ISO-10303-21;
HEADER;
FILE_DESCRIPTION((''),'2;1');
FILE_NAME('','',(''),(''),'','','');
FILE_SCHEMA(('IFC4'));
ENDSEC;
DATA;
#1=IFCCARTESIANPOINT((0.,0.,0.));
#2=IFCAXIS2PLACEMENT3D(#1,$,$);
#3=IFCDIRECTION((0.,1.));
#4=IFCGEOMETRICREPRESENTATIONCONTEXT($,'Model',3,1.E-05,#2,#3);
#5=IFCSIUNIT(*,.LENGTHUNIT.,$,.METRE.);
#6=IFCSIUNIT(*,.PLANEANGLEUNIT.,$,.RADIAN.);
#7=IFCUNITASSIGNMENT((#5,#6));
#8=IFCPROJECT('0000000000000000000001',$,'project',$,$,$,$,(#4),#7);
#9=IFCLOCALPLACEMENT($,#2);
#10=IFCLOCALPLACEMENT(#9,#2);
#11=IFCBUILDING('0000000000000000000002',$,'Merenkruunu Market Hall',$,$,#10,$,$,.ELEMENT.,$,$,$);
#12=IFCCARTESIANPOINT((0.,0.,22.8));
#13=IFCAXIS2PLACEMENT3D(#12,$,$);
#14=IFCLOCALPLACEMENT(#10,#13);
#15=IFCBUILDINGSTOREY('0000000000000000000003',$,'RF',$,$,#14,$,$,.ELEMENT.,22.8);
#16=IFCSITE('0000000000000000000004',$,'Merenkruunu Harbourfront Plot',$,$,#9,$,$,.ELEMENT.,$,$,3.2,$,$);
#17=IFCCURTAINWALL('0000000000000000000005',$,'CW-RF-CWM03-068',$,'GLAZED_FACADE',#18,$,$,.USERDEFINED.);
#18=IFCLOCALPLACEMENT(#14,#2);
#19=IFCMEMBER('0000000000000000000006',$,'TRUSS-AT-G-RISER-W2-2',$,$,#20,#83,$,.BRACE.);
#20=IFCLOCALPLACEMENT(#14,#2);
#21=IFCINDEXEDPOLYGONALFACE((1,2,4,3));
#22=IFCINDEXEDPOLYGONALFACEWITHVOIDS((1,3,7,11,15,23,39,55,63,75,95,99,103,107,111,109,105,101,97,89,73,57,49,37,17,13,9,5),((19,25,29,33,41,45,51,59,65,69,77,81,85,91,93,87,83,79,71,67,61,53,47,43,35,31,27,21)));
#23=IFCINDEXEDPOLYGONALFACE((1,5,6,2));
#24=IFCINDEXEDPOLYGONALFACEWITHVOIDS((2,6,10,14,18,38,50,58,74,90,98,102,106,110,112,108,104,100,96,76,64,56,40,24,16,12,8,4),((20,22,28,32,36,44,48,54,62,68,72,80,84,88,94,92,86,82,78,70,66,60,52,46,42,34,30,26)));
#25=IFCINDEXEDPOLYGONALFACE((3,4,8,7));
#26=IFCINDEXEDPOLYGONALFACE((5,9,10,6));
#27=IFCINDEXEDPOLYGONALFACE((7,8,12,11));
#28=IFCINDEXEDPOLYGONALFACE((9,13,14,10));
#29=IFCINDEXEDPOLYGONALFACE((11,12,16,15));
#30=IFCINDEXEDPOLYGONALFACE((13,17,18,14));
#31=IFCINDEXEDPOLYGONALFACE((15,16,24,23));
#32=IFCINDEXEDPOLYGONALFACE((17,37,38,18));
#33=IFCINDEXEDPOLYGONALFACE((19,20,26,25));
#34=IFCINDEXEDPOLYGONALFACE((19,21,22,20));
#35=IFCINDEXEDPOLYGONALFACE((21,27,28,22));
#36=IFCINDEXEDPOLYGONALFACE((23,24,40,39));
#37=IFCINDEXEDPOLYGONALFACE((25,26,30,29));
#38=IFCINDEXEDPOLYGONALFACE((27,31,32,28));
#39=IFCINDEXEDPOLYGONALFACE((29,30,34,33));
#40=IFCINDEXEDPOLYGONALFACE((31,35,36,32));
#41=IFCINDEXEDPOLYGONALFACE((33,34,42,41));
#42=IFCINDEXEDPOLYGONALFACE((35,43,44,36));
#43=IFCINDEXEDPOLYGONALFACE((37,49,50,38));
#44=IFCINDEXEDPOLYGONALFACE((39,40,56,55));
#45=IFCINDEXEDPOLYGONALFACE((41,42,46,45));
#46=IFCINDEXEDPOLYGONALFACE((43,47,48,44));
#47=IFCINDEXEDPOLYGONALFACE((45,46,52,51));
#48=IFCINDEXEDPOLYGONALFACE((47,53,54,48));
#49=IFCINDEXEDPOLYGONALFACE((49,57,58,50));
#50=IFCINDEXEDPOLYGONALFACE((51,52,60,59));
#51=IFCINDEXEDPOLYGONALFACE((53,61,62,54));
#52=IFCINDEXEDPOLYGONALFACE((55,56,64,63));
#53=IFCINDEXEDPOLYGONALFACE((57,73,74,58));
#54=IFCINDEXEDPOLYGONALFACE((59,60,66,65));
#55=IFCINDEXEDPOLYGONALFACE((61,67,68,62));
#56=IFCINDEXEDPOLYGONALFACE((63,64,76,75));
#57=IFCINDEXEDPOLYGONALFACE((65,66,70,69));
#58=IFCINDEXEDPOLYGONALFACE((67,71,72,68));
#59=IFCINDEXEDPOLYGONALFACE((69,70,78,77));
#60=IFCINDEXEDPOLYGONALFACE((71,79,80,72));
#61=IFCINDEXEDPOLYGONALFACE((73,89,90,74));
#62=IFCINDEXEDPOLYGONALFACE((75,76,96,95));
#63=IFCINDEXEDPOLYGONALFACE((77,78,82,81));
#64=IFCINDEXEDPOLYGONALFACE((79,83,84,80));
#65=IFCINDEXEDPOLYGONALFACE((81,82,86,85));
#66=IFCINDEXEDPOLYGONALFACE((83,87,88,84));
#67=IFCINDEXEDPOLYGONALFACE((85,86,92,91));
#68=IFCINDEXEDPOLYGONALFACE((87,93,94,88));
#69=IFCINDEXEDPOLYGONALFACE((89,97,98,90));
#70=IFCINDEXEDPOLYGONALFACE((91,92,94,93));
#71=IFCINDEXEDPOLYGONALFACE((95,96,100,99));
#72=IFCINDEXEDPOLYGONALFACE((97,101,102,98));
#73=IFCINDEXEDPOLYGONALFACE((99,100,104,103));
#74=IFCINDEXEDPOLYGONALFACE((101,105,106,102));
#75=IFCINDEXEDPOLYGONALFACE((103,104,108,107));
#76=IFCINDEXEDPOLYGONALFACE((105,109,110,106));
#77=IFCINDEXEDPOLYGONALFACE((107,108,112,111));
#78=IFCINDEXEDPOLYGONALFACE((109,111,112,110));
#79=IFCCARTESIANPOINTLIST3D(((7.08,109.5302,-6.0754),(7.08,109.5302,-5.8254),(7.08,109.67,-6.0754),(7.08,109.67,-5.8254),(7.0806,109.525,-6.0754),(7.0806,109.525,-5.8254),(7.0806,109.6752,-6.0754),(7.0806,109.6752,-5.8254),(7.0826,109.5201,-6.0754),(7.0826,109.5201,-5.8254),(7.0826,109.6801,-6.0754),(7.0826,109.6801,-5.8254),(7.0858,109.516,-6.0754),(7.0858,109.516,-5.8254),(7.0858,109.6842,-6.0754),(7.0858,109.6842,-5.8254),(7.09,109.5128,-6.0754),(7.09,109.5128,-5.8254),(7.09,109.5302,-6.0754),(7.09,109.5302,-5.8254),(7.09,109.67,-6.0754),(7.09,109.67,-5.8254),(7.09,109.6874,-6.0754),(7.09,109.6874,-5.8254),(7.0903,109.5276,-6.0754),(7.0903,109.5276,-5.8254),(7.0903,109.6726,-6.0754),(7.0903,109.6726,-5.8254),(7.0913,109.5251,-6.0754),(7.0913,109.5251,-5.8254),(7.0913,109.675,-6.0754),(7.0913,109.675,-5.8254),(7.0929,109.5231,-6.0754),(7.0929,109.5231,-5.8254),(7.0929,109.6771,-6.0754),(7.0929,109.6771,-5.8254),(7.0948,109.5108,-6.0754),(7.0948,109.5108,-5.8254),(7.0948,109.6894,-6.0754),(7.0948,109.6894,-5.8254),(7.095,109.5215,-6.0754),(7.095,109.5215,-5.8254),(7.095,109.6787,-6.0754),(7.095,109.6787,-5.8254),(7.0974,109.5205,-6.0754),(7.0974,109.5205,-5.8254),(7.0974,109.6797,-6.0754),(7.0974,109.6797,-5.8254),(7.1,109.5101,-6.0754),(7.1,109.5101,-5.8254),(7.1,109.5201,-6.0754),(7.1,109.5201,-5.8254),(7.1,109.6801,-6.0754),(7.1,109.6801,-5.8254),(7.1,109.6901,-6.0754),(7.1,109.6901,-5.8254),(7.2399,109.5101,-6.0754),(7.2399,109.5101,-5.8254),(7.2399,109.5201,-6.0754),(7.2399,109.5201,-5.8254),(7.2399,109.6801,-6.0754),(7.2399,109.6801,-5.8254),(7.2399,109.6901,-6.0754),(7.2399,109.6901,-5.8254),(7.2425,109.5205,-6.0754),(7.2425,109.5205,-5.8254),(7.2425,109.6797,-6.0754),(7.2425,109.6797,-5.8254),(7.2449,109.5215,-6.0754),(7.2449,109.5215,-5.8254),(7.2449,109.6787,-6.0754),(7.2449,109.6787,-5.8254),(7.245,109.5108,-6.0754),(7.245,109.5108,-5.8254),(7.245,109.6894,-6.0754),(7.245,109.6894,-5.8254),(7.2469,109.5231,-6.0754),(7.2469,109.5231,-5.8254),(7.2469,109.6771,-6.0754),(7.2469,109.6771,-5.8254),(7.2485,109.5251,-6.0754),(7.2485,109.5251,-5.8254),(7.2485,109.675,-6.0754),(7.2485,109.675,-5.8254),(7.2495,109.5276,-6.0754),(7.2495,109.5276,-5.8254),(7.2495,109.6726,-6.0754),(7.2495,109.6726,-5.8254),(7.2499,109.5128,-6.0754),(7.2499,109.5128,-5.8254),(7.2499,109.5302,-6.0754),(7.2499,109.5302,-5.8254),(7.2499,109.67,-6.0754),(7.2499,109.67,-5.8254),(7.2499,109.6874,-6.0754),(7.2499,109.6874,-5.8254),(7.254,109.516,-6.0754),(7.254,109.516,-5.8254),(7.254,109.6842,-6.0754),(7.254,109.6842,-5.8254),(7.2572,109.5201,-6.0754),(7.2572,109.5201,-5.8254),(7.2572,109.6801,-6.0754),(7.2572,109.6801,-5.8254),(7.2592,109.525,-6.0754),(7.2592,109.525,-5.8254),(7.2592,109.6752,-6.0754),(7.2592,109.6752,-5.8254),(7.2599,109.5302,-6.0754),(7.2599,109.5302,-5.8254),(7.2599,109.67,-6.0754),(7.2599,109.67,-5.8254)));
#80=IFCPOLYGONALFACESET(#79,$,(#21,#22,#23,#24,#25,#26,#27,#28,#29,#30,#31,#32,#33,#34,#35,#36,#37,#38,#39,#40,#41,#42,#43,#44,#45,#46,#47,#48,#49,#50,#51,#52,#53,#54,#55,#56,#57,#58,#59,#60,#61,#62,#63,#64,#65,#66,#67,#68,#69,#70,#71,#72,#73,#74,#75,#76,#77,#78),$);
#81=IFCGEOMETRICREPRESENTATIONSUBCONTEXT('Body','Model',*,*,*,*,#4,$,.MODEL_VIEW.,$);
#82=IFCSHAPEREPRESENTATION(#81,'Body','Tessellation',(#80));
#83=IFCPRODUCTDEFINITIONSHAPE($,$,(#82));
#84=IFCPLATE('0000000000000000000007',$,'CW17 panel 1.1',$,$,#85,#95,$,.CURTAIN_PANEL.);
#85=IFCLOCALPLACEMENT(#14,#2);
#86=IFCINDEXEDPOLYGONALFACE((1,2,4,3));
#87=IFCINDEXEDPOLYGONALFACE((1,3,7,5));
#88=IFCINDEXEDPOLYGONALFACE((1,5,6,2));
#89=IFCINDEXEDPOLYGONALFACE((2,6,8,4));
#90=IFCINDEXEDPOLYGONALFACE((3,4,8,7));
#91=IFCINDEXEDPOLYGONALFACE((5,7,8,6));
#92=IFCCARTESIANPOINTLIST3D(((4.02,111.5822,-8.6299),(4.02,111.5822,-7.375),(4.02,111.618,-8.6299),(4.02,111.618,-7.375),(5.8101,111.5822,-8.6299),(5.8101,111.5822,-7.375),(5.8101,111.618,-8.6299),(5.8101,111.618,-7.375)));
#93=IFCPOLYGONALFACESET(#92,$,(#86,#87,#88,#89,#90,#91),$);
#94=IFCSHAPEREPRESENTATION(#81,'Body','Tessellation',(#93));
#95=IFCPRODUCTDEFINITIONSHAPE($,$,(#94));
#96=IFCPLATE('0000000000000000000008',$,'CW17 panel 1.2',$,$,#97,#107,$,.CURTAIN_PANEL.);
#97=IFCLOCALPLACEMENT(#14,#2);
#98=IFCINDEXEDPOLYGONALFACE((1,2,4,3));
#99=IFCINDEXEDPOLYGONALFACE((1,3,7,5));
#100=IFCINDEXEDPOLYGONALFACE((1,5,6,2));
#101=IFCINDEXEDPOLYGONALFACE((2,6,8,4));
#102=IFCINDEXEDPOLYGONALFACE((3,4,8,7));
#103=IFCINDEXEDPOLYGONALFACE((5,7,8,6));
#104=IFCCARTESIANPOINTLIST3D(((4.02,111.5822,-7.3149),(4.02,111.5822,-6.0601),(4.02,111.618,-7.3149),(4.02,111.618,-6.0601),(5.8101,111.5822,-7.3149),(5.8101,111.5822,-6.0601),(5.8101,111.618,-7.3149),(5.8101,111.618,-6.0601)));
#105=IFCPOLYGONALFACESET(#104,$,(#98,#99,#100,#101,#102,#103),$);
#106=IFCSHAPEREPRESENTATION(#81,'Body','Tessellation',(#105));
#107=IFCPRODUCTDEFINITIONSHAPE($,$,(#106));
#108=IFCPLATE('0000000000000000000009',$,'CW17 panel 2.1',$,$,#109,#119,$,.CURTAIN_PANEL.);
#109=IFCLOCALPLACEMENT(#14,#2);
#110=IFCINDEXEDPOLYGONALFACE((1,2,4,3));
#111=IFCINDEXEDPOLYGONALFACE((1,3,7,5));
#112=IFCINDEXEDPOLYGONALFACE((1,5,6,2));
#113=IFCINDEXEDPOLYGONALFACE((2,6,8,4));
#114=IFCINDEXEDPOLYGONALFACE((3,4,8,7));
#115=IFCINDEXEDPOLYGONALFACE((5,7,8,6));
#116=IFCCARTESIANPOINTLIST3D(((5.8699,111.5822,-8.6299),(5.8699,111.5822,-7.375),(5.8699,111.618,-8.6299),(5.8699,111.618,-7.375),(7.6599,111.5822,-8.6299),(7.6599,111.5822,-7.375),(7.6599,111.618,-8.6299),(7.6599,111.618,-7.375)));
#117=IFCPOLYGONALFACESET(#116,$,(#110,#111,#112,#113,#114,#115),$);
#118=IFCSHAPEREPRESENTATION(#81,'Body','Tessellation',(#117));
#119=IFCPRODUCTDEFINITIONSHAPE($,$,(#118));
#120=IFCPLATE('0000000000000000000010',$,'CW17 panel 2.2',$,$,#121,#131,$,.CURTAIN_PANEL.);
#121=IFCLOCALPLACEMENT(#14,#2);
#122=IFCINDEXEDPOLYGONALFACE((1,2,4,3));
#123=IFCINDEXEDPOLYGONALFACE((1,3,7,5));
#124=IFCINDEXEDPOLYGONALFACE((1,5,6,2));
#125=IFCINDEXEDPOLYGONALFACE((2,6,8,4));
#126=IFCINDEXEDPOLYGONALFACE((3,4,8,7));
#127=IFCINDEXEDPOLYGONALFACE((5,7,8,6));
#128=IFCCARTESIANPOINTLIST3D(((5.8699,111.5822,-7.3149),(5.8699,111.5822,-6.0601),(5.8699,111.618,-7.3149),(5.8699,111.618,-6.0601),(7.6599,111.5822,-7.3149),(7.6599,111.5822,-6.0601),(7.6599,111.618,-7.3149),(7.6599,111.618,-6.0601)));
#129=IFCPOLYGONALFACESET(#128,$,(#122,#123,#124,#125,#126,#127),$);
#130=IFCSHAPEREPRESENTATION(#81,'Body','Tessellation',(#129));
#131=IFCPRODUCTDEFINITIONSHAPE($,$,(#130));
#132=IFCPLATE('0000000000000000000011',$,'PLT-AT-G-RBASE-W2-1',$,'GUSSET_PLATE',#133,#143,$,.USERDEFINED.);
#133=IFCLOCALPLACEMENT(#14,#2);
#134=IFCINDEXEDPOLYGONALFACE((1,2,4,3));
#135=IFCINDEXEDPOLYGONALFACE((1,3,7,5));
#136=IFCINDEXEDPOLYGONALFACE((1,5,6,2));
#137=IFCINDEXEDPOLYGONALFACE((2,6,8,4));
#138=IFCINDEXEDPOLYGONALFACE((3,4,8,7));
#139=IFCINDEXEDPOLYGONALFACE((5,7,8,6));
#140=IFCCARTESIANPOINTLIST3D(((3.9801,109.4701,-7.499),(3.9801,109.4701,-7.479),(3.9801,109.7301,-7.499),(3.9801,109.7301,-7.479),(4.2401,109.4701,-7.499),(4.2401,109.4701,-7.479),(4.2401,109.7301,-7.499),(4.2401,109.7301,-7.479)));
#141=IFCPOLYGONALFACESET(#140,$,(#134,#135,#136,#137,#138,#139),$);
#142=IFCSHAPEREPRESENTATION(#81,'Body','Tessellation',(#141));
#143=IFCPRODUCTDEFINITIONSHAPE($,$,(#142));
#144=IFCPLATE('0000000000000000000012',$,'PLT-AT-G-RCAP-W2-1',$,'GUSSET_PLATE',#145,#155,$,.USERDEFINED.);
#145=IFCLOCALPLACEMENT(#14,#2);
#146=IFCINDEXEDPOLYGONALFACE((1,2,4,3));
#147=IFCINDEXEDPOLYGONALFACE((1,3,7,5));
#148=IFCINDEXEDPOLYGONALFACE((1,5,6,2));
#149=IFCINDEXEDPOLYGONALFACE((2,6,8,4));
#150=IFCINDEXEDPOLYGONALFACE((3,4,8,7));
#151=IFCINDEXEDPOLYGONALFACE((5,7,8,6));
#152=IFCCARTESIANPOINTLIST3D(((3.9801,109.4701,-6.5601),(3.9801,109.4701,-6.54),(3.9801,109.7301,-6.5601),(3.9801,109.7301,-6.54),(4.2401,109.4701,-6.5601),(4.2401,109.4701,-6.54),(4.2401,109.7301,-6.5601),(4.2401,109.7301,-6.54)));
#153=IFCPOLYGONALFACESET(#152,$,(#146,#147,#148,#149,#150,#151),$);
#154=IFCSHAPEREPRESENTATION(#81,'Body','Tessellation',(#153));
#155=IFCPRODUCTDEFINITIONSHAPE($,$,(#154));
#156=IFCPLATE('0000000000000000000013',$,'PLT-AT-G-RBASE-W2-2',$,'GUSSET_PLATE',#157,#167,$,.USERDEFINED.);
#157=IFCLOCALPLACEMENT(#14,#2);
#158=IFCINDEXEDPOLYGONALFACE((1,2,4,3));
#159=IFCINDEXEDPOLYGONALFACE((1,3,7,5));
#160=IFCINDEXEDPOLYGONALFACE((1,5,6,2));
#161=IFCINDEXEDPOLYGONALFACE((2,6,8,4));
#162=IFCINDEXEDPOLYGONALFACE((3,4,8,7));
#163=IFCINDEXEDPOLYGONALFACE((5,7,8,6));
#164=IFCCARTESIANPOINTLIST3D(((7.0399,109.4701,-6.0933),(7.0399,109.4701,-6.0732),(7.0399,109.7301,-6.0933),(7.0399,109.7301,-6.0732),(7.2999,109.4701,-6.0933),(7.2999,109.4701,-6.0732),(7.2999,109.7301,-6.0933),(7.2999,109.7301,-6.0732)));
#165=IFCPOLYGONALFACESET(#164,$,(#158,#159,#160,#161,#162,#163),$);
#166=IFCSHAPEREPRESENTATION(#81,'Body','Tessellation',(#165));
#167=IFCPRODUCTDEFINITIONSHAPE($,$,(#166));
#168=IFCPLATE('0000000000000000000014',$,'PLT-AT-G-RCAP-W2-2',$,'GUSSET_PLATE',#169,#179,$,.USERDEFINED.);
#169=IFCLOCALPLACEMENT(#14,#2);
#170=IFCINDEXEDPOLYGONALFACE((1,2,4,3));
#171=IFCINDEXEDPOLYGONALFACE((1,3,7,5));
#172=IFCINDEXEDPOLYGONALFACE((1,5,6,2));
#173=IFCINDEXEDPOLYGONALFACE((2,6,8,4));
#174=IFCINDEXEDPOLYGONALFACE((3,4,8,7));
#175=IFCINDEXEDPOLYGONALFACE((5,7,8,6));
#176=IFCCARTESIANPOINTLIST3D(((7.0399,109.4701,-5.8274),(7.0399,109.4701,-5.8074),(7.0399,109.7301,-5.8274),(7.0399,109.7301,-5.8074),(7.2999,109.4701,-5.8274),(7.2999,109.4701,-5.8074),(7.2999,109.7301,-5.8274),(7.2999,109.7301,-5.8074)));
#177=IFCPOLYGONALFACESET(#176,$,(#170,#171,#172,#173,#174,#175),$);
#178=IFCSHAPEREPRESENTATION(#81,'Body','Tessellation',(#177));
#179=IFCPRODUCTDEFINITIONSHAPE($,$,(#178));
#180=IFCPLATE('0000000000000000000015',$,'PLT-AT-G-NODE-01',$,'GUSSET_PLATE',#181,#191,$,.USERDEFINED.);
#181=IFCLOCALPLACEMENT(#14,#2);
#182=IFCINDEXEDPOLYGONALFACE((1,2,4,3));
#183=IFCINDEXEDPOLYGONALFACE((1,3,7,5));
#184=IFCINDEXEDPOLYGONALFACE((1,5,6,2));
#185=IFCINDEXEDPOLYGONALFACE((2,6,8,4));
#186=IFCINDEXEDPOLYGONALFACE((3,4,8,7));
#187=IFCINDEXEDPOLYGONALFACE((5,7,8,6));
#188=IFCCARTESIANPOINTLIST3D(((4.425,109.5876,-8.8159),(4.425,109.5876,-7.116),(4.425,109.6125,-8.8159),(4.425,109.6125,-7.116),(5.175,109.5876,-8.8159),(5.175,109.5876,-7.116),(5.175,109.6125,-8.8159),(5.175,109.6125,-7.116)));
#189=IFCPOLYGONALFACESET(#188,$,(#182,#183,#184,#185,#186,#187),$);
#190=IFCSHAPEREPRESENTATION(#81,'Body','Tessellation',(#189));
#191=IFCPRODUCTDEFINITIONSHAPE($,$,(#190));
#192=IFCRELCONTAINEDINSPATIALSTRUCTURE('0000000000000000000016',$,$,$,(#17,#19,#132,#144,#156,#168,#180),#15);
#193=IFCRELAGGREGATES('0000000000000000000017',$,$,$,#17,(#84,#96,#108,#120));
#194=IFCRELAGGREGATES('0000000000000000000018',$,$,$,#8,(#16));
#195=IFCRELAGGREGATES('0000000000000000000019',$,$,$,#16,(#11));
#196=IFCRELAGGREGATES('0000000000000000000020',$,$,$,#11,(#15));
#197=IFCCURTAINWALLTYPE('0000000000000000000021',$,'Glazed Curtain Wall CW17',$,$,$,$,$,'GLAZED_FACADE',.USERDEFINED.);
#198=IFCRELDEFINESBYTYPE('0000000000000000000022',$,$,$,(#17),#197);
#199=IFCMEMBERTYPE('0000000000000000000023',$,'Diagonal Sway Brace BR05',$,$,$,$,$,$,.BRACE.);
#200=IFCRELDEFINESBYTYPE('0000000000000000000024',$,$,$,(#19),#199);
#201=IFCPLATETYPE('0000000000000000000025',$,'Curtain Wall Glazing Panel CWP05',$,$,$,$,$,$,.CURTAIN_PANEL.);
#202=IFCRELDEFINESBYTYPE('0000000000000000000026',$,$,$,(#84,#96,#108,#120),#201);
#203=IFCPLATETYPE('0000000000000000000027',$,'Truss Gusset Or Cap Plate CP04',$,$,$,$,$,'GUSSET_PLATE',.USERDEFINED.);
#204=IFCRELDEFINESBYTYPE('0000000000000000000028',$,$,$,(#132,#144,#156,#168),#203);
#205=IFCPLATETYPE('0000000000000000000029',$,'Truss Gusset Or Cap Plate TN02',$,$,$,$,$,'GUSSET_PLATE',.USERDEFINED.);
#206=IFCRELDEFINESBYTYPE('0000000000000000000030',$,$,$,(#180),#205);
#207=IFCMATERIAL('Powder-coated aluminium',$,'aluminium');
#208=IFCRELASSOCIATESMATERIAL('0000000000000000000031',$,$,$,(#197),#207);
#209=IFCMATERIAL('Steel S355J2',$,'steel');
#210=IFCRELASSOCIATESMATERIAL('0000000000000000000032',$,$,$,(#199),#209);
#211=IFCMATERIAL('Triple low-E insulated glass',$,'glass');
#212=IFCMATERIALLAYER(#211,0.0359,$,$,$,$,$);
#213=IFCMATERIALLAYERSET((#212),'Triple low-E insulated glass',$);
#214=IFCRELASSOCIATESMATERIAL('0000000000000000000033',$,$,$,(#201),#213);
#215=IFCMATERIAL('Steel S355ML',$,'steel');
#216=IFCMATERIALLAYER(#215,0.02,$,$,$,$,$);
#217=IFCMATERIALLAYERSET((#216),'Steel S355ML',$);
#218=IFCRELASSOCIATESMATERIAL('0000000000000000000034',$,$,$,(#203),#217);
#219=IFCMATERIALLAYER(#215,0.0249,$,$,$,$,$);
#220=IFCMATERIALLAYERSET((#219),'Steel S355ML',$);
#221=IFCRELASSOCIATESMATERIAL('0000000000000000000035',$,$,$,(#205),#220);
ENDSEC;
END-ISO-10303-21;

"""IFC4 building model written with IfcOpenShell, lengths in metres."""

from ifc_helpers import new_model, si_unit, direction, frame, origin, origin_2d, place, context, subcontext, project, spatial, rectangle, hollow_rectangle, extrude, material, layer, layer_set, material_profile, profile_set, type_object, element, aggregate, save


model = new_model("IFC4")

# Units and contexts
model_context = context("Model", 3, precision=1e-05, world=origin(), true_north=direction((0.0, 1.0)))
body_context = subcontext(model_context, "Body", "Model", "MODEL_VIEW")
ifc_project = project(units=[si_unit("LENGTHUNIT", "METRE"), si_unit("PLANEANGLEUNIT", "RADIAN")], contexts=[model_context])

# Site, building, storey
site_placement = place(None, origin())
site = spatial("IfcSite", under=ifc_project, at=site_placement, Name="Merenkruunu Harbourfront Plot", CompositionType="ELEMENT", RefElevation=3.2)
building_placement = place(site_placement, origin())
building = spatial("IfcBuilding", under=site, at=building_placement, Name="Merenkruunu Market Hall", CompositionType="ELEMENT")
storey_placement = place(building_placement, frame((0.0, 0.0, 22.8)))
storey = spatial("IfcBuildingStorey", under=building, at=storey_placement, Name="RF", CompositionType="ELEMENT", Elevation=22.8)

# Shared definitions
ifc_material_1 = material(Name="Steel S355ML", Category="steel")

# Curtain wall
ifc_material_2 = material(Name="Powder-coated aluminium", Category="aluminium")
curtain_wall_type_1 = type_object("IfcCurtainWallType", Name="Glazed Curtain Wall CW17", ElementType="GLAZED_FACADE", PredefinedType="USERDEFINED", material=ifc_material_2)
curtain_wall_1_placement = place(storey_placement, origin())
curtain_wall_1 = element("IfcCurtainWall", 1, at=curtain_wall_1_placement, inside=storey, type_object=curtain_wall_type_1, Name="CW-RF-CWM03-068", ObjectType="GLAZED_FACADE", PredefinedType="USERDEFINED")

# Member
ifc_material_3 = material(Name="Steel S355J2", Category="steel")
ifc_material_profile_1 = material_profile(ifc_material_3, hollow_rectangle(XDim=0.1799, YDim=0.1799, WallThickness=0.01, InnerFilletRadius=0.01, OuterFilletRadius=0.02, at=origin_2d()), Name="SHS 180x180x10")
ifc_profile_set_1 = profile_set([ifc_material_profile_1], Name="Steel S355J2")
member_type_1 = type_object("IfcMemberType", Name="Diagonal Sway Brace BR05", PredefinedType="BRACE", material=ifc_profile_set_1)
member_1_placement = place(storey_placement, frame((7.1699, 109.6001, -6.0754), z_axis=(0.0, 0.0, 1.0), x_axis=(1.0, 0.0, 0.0)))
element("IfcMember", 2, at=member_1_placement, inside=storey, type_object=member_type_1, Name="TRUSS-AT-G-RISER-W2-2", PredefinedType="BRACE", context=body_context, shape_type="SweptSolid", body=[
    extrude(hollow_rectangle(XDim=0.1799, YDim=0.1799, WallThickness=0.01, InnerFilletRadius=0.01, OuterFilletRadius=0.02, at=origin_2d()), origin(), (0.0, 0.0, 1.0), 0.25),
])

# Plates
ifc_material_4 = material(Name="Triple low-E insulated glass", Category="glass")
ifc_layer_1 = layer(ifc_material_4, 0.0359)
ifc_layer_set_1 = layer_set([ifc_layer_1], Name="Triple low-E insulated glass")
plate_type_1 = type_object("IfcPlateType", Name="Curtain Wall Glazing Panel CWP05", PredefinedType="CURTAIN_PANEL", material=ifc_layer_set_1)
plate_1_placement = place(storey_placement, frame((4.915, 111.6001, -8.6299), z_axis=(0.0, 0.0, 1.0), x_axis=(1.0, 0.0, 0.0)))
plate_1 = element("IfcPlate", 3, at=plate_1_placement, type_object=plate_type_1, Name="CW17 panel 1.1", PredefinedType="CURTAIN_PANEL", context=body_context, shape_type="SweptSolid", body=[
    extrude(rectangle(XDim=1.79, YDim=0.0359, at=origin_2d()), origin(), (0.0, 0.0, 1.0), 1.2549),
])
plate_2_placement = place(storey_placement, frame((4.915, 111.6001, -7.3149), z_axis=(0.0, 0.0, 1.0), x_axis=(1.0, 0.0, 0.0)))
plate_2 = element("IfcPlate", 4, at=plate_2_placement, type_object=plate_type_1, Name="CW17 panel 1.2", PredefinedType="CURTAIN_PANEL", context=body_context, shape_type="SweptSolid", body=[
    extrude(rectangle(XDim=1.79, YDim=0.0359, at=origin_2d()), origin(), (0.0, 0.0, 1.0), 1.2549),
])
plate_3_placement = place(storey_placement, frame((6.7649, 111.6001, -8.6299), z_axis=(0.0, 0.0, 1.0), x_axis=(1.0, 0.0, 0.0)))
plate_3 = element("IfcPlate", 5, at=plate_3_placement, type_object=plate_type_1, Name="CW17 panel 2.1", PredefinedType="CURTAIN_PANEL", context=body_context, shape_type="SweptSolid", body=[
    extrude(rectangle(XDim=1.79, YDim=0.0359, at=origin_2d()), origin(), (0.0, 0.0, 1.0), 1.2549),
])
plate_4_placement = place(storey_placement, frame((6.7649, 111.6001, -7.3149), z_axis=(0.0, 0.0, 1.0), x_axis=(1.0, 0.0, 0.0)))
plate_4 = element("IfcPlate", 6, at=plate_4_placement, type_object=plate_type_1, Name="CW17 panel 2.2", PredefinedType="CURTAIN_PANEL", context=body_context, shape_type="SweptSolid", body=[
    extrude(rectangle(XDim=1.79, YDim=0.0359, at=origin_2d()), origin(), (0.0, 0.0, 1.0), 1.2549),
])
aggregate(curtain_wall_1, [plate_1, plate_2, plate_3, plate_4])

# Plates
ifc_layer_2 = layer(ifc_material_1, 0.02)
ifc_layer_set_2 = layer_set([ifc_layer_2], Name="Steel S355ML")
plate_type_2 = type_object("IfcPlateType", Name="Truss Gusset Or Cap Plate CP04", ElementType="GUSSET_PLATE", PredefinedType="USERDEFINED", material=ifc_layer_set_2)
for number, where, z_axis, x_axis, name in (
    (7, (4.1101, 109.6001, -7.499), (0.0, 0.0, 1.0), (1.0, 0.0, 0.0), "PLT-AT-G-RBASE-W2-1"),
    (8, (4.1101, 109.6001, -6.5601), (0.0, 0.0, 1.0), (1.0, 0.0, 0.0), "PLT-AT-G-RCAP-W2-1"),
    (9, (7.1699, 109.6001, -6.0933), (0.0, 0.0, 1.0), (1.0, 0.0, 0.0), "PLT-AT-G-RBASE-W2-2"),
    (10, (7.1699, 109.6001, -5.8274), (0.0, 0.0, 1.0), (1.0, 0.0, 0.0), "PLT-AT-G-RCAP-W2-2"),
):
    element("IfcPlate", number, at=place(storey_placement, frame(where, z_axis=z_axis, x_axis=x_axis)), inside=storey, type_object=plate_type_2, Name=name, ObjectType="GUSSET_PLATE", PredefinedType="USERDEFINED", context=body_context, shape_type="SweptSolid", body=[
        extrude(rectangle(XDim=0.26, YDim=0.26, at=origin_2d()), origin(), (0.0, 0.0, 1.0), 0.02),
    ])
ifc_layer_3 = layer(ifc_material_1, 0.0249)
ifc_layer_set_3 = layer_set([ifc_layer_3], Name="Steel S355ML")
plate_type_3 = type_object("IfcPlateType", Name="Truss Gusset Or Cap Plate TN02", ElementType="GUSSET_PLATE", PredefinedType="USERDEFINED", material=ifc_layer_set_3)
plate_5_placement = place(storey_placement, frame((4.8, 109.6001, -8.8159), z_axis=(0.0, 0.0, 1.0), x_axis=(1.0, 0.0, 0.0)))
element("IfcPlate", 11, at=plate_5_placement, inside=storey, type_object=plate_type_3, Name="PLT-AT-G-NODE-01", ObjectType="GUSSET_PLATE", PredefinedType="USERDEFINED", context=body_context, shape_type="SweptSolid", body=[
    extrude(rectangle(XDim=0.75, YDim=0.0249, at=origin_2d()), origin(), (0.0, 0.0, 1.0), 1.7),
])

save(model, "model.ifc")
